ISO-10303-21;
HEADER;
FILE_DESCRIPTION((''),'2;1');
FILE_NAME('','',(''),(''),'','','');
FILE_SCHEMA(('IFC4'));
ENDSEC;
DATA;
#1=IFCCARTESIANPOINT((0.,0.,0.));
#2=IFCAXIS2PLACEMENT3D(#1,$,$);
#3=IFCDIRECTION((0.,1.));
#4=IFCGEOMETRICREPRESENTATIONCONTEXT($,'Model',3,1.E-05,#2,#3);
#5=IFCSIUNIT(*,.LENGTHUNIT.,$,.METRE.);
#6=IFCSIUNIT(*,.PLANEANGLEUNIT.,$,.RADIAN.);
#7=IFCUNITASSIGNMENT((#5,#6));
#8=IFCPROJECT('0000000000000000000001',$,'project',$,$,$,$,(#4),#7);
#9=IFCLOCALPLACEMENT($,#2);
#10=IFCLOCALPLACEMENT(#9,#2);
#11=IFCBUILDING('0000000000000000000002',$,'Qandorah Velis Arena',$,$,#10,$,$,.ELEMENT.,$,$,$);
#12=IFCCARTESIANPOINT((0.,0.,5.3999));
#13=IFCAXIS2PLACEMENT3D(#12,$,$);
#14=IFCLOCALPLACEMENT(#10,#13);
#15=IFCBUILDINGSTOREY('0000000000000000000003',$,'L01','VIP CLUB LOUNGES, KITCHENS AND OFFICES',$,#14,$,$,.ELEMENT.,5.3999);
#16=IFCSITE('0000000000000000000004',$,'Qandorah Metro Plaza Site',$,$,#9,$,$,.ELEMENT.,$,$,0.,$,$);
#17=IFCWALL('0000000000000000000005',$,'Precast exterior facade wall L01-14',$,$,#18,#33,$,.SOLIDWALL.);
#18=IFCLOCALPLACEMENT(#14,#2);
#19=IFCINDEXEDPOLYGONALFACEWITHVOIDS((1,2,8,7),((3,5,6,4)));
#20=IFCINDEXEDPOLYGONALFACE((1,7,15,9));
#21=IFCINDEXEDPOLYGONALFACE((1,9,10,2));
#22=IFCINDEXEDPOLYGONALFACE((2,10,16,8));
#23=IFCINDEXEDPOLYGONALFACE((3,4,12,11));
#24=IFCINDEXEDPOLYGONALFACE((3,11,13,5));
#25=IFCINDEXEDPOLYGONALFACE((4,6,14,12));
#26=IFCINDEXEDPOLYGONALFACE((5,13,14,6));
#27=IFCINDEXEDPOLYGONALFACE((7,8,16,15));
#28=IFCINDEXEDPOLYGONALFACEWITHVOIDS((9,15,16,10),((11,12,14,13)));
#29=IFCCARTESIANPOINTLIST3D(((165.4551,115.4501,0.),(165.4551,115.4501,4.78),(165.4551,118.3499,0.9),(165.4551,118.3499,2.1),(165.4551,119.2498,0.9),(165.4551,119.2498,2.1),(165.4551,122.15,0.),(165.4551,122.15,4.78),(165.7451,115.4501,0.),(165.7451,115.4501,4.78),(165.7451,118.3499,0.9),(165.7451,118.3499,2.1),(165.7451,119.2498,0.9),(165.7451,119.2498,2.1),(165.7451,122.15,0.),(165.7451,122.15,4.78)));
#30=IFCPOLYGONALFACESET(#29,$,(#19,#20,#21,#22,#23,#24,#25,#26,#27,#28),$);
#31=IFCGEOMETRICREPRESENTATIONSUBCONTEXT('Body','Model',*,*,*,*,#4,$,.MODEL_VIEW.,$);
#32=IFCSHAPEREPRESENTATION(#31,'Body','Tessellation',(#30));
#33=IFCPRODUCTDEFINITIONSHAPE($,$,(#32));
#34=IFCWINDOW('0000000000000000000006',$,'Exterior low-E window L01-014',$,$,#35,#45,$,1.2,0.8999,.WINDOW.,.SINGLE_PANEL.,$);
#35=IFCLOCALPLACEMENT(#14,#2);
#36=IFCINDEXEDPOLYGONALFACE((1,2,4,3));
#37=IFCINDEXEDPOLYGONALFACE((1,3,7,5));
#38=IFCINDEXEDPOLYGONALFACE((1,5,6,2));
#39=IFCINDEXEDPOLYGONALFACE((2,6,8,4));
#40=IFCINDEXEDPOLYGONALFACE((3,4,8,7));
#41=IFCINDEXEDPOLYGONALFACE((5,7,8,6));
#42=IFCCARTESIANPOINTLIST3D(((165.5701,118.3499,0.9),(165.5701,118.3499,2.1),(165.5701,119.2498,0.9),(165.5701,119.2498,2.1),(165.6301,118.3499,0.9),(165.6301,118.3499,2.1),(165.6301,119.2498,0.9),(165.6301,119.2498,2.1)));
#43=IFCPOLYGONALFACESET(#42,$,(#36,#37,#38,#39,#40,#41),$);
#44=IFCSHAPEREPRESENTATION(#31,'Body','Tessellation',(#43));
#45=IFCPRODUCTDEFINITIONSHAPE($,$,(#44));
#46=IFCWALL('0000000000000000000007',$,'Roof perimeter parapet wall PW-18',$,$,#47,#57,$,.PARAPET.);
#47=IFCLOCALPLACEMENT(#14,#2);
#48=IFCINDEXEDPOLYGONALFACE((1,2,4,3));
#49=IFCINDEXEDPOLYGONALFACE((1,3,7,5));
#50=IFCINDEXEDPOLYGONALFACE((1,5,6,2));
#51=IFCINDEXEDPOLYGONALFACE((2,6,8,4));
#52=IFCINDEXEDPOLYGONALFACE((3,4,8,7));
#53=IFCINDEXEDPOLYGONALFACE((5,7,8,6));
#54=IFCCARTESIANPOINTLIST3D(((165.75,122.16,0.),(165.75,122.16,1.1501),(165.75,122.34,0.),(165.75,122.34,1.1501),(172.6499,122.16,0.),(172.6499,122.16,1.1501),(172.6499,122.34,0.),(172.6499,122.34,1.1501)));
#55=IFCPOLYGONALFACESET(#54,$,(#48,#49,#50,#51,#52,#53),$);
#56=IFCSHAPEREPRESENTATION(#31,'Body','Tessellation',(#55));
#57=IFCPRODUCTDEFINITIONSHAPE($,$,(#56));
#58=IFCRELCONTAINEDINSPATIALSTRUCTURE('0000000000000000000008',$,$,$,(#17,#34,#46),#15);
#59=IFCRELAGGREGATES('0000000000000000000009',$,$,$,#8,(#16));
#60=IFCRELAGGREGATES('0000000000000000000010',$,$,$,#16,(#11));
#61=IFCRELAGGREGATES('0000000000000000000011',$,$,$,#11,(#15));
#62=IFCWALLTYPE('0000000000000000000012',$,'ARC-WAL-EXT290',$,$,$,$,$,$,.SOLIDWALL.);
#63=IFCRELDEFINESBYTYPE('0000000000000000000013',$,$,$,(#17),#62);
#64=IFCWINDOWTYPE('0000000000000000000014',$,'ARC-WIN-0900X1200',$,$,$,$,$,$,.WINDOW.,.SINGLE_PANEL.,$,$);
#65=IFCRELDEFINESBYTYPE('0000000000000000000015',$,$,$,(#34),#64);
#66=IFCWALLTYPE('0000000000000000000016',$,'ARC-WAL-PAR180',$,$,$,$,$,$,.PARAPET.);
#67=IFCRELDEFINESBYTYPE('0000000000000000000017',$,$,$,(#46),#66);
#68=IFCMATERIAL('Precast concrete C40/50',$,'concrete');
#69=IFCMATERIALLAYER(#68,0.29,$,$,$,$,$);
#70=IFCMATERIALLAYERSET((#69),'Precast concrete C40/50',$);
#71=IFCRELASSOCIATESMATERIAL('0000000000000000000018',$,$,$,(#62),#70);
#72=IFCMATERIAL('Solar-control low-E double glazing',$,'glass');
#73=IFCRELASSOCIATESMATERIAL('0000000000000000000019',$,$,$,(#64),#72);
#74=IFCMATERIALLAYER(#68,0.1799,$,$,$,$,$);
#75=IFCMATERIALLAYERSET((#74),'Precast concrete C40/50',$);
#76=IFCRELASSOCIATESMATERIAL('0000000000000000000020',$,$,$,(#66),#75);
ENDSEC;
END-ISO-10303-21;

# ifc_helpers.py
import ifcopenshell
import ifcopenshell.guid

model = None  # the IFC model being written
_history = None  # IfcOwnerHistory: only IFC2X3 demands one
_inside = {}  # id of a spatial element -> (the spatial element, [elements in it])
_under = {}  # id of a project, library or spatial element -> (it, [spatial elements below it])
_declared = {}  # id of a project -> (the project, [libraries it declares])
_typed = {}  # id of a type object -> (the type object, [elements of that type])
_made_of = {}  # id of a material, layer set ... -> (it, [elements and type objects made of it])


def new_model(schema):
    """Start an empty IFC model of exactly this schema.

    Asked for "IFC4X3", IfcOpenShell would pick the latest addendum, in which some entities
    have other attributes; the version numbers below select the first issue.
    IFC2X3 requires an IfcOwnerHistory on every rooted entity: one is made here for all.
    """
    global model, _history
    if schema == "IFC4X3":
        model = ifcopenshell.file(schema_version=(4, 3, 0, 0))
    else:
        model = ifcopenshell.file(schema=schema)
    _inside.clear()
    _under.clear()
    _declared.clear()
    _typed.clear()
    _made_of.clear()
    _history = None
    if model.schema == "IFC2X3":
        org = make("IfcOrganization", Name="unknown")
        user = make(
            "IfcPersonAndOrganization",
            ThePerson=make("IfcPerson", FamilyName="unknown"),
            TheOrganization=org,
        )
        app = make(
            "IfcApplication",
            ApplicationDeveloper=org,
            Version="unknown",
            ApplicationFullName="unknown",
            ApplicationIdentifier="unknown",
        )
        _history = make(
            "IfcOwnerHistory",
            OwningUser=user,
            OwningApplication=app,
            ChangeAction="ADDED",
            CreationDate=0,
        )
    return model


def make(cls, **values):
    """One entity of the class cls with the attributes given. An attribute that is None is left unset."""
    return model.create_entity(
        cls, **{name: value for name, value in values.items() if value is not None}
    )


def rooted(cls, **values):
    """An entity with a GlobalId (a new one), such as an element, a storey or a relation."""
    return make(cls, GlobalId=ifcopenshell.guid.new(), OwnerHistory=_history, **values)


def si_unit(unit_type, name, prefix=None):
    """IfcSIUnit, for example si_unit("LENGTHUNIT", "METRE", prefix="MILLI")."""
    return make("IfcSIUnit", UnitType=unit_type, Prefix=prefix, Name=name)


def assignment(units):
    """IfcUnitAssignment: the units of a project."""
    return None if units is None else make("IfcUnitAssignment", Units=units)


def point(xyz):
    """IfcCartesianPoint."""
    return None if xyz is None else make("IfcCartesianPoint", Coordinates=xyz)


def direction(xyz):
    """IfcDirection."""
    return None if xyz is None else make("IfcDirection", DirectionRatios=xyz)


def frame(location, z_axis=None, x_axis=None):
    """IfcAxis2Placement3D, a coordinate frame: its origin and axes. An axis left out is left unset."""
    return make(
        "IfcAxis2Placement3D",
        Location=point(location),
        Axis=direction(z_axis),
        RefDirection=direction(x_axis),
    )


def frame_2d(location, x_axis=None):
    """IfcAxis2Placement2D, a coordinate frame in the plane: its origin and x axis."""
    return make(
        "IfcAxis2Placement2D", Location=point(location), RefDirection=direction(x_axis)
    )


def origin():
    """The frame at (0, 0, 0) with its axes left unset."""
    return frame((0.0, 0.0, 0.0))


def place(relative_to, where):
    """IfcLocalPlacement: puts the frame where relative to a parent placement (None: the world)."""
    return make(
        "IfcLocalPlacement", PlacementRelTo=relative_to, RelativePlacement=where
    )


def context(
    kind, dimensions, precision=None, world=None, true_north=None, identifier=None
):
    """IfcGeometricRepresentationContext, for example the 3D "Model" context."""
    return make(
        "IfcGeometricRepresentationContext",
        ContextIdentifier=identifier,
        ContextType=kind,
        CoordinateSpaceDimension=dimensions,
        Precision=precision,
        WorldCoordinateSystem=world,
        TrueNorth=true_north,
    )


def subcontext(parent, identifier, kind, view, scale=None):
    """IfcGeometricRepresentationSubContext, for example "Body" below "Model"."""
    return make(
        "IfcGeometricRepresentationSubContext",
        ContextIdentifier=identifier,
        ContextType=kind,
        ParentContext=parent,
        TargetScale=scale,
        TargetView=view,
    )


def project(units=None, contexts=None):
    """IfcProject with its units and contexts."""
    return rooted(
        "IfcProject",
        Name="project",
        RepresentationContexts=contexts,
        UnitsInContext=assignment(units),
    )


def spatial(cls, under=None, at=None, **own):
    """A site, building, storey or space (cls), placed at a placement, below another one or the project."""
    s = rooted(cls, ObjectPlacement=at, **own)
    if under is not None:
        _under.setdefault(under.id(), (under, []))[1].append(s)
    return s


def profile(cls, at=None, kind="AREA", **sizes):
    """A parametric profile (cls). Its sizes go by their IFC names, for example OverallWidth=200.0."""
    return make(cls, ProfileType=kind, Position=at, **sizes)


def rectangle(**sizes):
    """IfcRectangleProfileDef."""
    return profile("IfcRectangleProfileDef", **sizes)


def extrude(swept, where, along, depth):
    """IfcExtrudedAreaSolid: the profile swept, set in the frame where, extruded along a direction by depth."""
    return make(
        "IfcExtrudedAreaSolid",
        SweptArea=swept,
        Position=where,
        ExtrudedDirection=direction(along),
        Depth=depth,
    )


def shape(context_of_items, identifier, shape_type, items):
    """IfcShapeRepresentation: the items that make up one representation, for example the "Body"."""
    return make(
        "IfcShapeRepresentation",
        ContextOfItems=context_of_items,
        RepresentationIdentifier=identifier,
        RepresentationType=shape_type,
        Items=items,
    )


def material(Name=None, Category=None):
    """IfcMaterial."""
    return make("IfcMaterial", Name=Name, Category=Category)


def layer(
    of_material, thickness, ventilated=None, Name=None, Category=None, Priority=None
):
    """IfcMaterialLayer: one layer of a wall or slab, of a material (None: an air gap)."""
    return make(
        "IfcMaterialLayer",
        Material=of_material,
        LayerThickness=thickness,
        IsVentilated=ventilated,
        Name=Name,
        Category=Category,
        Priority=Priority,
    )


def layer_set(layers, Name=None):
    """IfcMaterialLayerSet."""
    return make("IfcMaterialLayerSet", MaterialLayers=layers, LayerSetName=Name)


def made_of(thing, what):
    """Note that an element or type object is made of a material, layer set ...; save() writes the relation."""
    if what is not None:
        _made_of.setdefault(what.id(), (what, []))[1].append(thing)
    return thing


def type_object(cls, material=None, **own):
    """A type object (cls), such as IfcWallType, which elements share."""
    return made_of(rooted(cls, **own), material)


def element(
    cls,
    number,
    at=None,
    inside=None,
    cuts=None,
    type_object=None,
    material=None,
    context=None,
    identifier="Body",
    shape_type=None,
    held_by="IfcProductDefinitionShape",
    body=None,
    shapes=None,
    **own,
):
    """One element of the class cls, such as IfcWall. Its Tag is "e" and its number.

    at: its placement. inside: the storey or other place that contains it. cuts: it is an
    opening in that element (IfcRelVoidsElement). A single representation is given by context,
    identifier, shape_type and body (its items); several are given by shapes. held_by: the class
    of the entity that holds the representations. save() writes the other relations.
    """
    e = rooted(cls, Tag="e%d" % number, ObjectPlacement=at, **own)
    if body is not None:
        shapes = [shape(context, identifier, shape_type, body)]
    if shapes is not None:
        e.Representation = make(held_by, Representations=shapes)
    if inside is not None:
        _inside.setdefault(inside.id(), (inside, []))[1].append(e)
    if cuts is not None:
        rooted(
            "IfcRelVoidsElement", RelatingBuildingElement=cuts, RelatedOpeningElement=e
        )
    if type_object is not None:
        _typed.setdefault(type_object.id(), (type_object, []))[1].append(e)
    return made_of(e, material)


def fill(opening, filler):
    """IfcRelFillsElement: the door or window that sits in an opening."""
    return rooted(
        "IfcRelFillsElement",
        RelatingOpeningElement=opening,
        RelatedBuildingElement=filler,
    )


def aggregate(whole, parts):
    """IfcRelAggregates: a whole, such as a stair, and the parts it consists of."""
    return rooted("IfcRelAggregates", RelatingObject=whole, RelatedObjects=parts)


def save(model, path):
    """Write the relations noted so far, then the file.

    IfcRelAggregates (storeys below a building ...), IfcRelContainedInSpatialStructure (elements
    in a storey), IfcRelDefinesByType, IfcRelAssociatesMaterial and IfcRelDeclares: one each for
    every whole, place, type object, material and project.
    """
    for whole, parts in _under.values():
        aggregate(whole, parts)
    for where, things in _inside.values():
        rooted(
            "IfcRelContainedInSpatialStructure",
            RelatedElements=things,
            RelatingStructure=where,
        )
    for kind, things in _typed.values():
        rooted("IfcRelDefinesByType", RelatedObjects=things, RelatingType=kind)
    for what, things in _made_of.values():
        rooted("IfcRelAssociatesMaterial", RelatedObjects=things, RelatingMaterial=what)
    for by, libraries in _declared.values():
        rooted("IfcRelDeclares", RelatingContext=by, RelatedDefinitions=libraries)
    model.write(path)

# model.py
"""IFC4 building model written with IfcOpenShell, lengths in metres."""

from ifc_helpers import new_model, si_unit, direction, frame, frame_2d, origin, place, context, subcontext, project, spatial, rectangle, extrude, material, layer, layer_set, type_object, element, fill, save


model = new_model("IFC4")

# Units and contexts
model_context = context("Model", 3, precision=1e-05, world=origin(), true_north=direction((0.0, 1.0)))
body_context = subcontext(model_context, "Body", "Model", "MODEL_VIEW")
ifc_project = project(units=[si_unit("LENGTHUNIT", "METRE"), si_unit("PLANEANGLEUNIT", "RADIAN")], contexts=[model_context])

# Site, building, storey
site_placement = place(None, origin())
site = spatial("IfcSite", under=ifc_project, at=site_placement, Name="Qandorah Metro Plaza Site", CompositionType="ELEMENT", RefElevation=0.0)
building_placement = place(site_placement, origin())
building = spatial("IfcBuilding", under=site, at=building_placement, Name="Qandorah Velis Arena", CompositionType="ELEMENT")
storey_placement = place(building_placement, frame((0.0, 0.0, 5.3999)))
storey = spatial("IfcBuildingStorey", under=building, at=storey_placement, Name="L01", Description="VIP CLUB LOUNGES, KITCHENS AND OFFICES", CompositionType="ELEMENT", Elevation=5.3999)

# Shared definitions
ifc_material_1 = material(Name="Solar-control low-E double glazing", Category="glass")

# Wall, opening, window
ifc_material_2 = material(Name="Precast concrete C40/50", Category="concrete")
ifc_layer_1 = layer(ifc_material_2, 0.29)
ifc_layer_set_1 = layer_set([ifc_layer_1], Name="Precast concrete C40/50")
wall_type_1 = type_object("IfcWallType", Name="ARC-WAL-EXT290", PredefinedType="SOLIDWALL", material=ifc_layer_set_1)
wall_1_placement = place(storey_placement, frame((165.6001, 115.45, 0.0), z_axis=(0.0, 0.0, 1.0), x_axis=(0.0, 1.0, 0.0)))
wall_1 = element("IfcWall", 1, at=wall_1_placement, inside=storey, type_object=wall_type_1, Name="Precast exterior facade wall L01-14", PredefinedType="SOLIDWALL", context=body_context, shape_type="SweptSolid", body=[
    extrude(rectangle(XDim=6.7, YDim=0.29, at=frame_2d((3.3501, 0.0))), origin(), (0.0, 0.0, 1.0), 4.78),
])
opening_placement = place(wall_1_placement, frame((2.8999, 0.0, 0.8999)))
opening = element("IfcOpeningElement", 2, at=opening_placement, cuts=wall_1, PredefinedType="OPENING", context=body_context, shape_type="SweptSolid", body=[
    extrude(rectangle(XDim=0.8999, YDim=1.2, at=frame_2d((0.45, 0.6001))), frame((0.0, 0.155, 0.0), z_axis=(0.0, -1.0, 0.0), x_axis=(1.0, 0.0, 0.0)), (0.0, 0.0, 1.0), 0.3101),
])
window_type = type_object("IfcWindowType", Name="ARC-WIN-0900X1200", PartitioningType="SINGLE_PANEL", PredefinedType="WINDOW", material=ifc_material_1)
window_placement = place(opening_placement, origin())
window = element("IfcWindow", 3, at=window_placement, inside=storey, type_object=window_type, Name="Exterior low-E window L01-014", OverallHeight=1.2, OverallWidth=0.8999, PartitioningType="SINGLE_PANEL", PredefinedType="WINDOW", context=body_context, shape_type="SweptSolid", body=[
    extrude(rectangle(XDim=0.8999, YDim=1.2, at=frame_2d((0.45, 0.6001))), frame((0.0, 0.03, 0.0), z_axis=(0.0, -1.0, 0.0), x_axis=(1.0, 0.0, 0.0)), (0.0, 0.0, 1.0), 0.0601),
])
fill(opening, window)

# Wall
ifc_layer_2 = layer(ifc_material_2, 0.1799)
ifc_layer_set_2 = layer_set([ifc_layer_2], Name="Precast concrete C40/50")
wall_type_2 = type_object("IfcWallType", Name="ARC-WAL-PAR180", PredefinedType="PARAPET", material=ifc_layer_set_2)
wall_2_placement = place(storey_placement, frame((165.75, 122.25, 0.0), z_axis=(0.0, 0.0, 1.0), x_axis=(1.0, 0.0, 0.0)))
element("IfcWall", 4, at=wall_2_placement, inside=storey, type_object=wall_type_2, Name="Roof perimeter parapet wall PW-18", PredefinedType="PARAPET", context=body_context, shape_type="SweptSolid", body=[
    extrude(rectangle(XDim=6.8999, YDim=0.1799, at=frame_2d((3.45, 0.0))), origin(), (0.0, 0.0, 1.0), 1.1501),
])

save(model, "model.ifc")
